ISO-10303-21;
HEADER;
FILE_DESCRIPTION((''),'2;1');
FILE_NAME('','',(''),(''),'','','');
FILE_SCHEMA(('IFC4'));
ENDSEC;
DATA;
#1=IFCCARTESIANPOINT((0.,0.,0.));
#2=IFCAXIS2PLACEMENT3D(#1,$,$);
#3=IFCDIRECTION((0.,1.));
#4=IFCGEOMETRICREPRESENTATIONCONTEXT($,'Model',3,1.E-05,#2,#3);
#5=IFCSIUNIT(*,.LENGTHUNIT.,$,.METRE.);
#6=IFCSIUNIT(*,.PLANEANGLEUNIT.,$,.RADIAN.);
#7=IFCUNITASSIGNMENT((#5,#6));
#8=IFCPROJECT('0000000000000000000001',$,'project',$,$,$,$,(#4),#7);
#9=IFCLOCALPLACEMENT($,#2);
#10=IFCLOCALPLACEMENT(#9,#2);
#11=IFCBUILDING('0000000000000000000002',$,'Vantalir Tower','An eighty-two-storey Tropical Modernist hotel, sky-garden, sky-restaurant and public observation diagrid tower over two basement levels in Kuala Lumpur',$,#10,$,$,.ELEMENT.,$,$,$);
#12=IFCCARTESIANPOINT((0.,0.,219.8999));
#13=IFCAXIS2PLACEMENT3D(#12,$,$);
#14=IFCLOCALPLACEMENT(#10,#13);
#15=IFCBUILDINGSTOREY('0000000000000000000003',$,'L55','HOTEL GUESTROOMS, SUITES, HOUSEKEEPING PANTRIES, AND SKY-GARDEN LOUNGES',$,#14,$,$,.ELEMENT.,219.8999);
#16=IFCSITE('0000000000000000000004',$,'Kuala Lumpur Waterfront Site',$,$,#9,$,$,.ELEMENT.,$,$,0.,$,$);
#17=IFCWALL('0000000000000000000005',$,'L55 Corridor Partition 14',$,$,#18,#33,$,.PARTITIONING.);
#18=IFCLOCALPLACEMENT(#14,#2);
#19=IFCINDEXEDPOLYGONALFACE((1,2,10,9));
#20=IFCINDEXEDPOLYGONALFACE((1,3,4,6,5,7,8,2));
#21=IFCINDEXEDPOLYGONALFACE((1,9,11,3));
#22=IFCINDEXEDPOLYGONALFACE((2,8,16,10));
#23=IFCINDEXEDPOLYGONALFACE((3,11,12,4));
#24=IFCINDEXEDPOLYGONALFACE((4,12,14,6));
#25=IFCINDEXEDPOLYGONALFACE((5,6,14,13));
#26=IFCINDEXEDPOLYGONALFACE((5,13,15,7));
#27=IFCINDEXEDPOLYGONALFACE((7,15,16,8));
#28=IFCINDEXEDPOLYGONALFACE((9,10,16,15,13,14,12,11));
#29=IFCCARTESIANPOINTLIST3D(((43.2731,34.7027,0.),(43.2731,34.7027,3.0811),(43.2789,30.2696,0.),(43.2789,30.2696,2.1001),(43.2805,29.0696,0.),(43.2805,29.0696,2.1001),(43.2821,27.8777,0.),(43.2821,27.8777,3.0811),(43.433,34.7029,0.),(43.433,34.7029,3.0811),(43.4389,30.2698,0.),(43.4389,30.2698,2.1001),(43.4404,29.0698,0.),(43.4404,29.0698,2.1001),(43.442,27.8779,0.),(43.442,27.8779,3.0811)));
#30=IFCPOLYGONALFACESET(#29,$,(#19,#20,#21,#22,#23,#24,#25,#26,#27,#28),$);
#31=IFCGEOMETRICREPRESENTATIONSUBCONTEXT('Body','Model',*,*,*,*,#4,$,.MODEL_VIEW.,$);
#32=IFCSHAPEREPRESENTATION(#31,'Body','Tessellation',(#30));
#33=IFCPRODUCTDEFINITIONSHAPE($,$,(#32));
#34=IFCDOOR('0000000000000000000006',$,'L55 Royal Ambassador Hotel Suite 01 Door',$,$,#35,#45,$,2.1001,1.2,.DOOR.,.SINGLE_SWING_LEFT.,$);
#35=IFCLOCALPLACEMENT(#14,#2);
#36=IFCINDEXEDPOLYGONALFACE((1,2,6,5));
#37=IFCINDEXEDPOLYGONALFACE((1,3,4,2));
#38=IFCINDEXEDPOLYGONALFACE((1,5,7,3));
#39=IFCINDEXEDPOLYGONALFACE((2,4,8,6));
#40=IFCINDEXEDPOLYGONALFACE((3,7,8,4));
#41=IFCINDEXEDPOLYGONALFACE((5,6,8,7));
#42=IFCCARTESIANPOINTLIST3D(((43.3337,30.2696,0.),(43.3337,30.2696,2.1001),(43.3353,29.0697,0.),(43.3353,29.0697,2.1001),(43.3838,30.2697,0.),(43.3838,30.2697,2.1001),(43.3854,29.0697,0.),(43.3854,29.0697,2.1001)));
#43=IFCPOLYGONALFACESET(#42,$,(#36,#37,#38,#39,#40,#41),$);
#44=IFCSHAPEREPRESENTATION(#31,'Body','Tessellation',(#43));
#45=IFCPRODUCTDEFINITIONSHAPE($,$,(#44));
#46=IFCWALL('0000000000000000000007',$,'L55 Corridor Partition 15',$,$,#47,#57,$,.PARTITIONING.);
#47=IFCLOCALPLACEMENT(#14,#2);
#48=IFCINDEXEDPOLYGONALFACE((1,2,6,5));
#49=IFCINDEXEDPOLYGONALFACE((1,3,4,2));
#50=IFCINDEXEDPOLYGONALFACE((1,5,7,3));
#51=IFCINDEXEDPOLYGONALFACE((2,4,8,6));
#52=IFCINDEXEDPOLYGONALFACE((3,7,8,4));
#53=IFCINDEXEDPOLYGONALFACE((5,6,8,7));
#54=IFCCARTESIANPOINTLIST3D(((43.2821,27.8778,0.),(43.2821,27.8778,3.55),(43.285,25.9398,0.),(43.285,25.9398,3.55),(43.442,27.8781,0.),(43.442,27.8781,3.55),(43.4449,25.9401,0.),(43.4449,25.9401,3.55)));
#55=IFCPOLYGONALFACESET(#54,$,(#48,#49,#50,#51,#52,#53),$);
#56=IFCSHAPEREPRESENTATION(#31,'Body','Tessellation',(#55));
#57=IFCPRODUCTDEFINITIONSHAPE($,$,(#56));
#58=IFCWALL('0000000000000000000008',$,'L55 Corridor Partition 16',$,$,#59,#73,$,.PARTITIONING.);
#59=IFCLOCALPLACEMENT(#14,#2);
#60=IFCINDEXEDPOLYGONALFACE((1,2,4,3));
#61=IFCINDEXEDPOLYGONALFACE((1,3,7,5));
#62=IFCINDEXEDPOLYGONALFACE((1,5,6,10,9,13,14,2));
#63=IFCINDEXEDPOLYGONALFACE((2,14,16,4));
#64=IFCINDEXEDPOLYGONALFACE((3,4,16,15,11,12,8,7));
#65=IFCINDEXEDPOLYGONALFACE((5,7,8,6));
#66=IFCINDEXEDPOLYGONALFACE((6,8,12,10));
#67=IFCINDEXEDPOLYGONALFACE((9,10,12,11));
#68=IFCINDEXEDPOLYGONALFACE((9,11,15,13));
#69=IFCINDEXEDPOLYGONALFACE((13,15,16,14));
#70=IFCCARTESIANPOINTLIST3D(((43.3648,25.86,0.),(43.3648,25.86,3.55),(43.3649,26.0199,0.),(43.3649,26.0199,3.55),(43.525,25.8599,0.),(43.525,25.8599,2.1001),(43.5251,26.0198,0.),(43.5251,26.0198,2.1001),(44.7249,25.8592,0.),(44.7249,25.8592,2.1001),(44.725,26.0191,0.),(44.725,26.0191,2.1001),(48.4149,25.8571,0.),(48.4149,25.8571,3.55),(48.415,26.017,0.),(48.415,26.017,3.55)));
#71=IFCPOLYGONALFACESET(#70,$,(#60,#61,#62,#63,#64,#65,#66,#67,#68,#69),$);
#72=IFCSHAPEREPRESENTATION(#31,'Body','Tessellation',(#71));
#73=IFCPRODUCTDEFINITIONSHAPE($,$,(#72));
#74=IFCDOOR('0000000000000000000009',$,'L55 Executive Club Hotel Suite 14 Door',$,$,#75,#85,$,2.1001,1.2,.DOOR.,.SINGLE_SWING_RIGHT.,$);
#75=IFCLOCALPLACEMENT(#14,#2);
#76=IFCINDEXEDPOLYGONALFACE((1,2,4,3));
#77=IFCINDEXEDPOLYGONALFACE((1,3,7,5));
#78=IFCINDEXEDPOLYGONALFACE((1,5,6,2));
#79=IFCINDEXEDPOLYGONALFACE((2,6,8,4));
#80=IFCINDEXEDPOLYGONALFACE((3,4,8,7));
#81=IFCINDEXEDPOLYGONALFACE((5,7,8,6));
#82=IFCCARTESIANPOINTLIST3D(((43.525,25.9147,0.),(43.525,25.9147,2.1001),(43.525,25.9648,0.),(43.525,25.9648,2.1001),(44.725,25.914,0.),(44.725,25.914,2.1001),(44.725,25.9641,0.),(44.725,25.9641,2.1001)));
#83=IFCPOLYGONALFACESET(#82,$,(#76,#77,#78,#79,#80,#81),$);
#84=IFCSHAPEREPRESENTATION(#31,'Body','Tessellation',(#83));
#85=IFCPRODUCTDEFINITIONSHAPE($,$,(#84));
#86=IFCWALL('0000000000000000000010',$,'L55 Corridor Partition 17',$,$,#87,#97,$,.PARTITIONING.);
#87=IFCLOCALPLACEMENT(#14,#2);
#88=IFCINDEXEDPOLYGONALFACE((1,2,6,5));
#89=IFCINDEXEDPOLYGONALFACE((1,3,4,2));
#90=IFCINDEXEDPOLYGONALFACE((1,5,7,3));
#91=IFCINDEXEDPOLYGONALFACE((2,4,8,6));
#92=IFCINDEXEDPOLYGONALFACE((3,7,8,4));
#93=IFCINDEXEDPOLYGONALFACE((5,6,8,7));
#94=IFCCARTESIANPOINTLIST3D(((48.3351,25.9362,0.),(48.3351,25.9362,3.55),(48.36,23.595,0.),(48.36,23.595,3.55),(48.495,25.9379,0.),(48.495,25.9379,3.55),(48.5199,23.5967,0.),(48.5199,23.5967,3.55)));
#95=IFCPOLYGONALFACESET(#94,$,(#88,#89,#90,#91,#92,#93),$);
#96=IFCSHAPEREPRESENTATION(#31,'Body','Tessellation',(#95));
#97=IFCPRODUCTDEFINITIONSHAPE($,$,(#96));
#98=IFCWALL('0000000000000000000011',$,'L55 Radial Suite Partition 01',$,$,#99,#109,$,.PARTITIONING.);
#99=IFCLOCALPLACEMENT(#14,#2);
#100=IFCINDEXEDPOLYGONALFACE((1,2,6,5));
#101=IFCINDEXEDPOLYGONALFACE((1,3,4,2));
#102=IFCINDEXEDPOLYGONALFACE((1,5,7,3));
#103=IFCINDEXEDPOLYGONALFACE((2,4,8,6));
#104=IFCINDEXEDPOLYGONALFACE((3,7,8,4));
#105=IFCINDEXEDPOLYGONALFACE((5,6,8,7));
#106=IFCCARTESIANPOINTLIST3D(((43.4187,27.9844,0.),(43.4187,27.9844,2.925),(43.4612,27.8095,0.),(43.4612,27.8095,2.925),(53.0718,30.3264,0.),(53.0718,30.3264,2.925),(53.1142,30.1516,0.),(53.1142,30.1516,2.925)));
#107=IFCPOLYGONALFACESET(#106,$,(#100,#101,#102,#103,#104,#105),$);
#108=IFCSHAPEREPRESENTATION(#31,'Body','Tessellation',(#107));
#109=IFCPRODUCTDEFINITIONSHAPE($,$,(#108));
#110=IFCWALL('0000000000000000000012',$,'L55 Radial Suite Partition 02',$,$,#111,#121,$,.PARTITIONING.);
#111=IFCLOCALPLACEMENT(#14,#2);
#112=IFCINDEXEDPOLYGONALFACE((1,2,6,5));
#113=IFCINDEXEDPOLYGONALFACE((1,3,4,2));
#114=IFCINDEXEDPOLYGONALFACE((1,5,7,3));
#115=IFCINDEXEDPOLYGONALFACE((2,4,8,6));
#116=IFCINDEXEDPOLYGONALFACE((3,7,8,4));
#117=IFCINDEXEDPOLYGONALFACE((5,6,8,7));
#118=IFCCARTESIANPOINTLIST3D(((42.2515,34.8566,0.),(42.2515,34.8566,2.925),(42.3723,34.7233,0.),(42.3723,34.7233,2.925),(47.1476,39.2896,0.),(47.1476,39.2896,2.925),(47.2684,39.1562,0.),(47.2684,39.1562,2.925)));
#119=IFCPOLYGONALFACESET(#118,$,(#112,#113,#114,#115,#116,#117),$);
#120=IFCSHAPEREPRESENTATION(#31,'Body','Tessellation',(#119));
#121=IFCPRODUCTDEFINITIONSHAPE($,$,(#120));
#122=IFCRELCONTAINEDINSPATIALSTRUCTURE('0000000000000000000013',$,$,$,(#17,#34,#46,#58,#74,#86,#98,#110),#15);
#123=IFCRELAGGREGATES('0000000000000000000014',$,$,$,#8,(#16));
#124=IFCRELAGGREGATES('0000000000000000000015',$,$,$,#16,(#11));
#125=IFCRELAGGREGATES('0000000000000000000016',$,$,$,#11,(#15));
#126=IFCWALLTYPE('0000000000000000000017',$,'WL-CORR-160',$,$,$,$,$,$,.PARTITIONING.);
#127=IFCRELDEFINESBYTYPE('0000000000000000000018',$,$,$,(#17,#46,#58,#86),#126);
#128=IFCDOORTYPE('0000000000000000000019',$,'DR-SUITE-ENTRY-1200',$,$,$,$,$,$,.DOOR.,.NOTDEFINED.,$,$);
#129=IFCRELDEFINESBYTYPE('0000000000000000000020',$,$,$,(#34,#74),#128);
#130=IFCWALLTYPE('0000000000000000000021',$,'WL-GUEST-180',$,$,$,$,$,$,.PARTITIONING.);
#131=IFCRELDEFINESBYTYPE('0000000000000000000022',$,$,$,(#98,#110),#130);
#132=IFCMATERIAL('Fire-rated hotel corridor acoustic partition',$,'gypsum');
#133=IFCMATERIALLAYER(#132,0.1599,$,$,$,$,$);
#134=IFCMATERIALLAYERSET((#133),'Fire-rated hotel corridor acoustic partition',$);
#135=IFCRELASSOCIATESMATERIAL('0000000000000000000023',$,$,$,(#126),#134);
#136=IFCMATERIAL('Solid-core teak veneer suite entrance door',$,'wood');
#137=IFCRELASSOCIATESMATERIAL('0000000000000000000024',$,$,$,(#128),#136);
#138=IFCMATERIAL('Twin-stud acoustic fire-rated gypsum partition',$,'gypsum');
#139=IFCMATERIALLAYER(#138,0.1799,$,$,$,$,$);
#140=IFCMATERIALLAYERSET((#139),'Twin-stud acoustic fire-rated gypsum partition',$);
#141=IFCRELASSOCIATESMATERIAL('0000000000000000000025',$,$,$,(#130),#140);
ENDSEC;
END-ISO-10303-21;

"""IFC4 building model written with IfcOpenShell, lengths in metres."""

from ifc_helpers import new_model, si_unit, direction, frame, frame_2d, origin, place, context, subcontext, project, spatial, rectangle, extrude, material, layer, layer_set, type_object, element, fill, save


model = new_model("IFC4")

# Units and contexts
model_context = context("Model", 3, precision=1e-05, world=origin(), true_north=direction((0.0, 1.0)))
body_context = subcontext(model_context, "Body", "Model", "MODEL_VIEW")
ifc_project = project(units=[si_unit("LENGTHUNIT", "METRE"), si_unit("PLANEANGLEUNIT", "RADIAN")], contexts=[model_context])

# Site, building, storey
site_placement = place(None, origin())
site = spatial("IfcSite", under=ifc_project, at=site_placement, Name="Kuala Lumpur Waterfront Site", CompositionType="ELEMENT", RefElevation=0.0)
building_placement = place(site_placement, origin())
building = spatial("IfcBuilding", under=site, at=building_placement, Name="Vantalir Tower", Description="An eighty-two-storey Tropical Modernist hotel, sky-garden, sky-restaurant and public observation diagrid tower over two basement levels in Kuala Lumpur", CompositionType="ELEMENT")
storey_placement = place(building_placement, frame((0.0, 0.0, 219.8999)))
storey = spatial("IfcBuildingStorey", under=building, at=storey_placement, Name="L55", Description="HOTEL GUESTROOMS, SUITES, HOUSEKEEPING PANTRIES, AND SKY-GARDEN LOUNGES", CompositionType="ELEMENT", Elevation=219.8999)

# Shared definitions
ifc_material_1 = material(Name="Fire-rated hotel corridor acoustic partition", Category="gypsum")
ifc_layer_1 = layer(ifc_material_1, 0.1599)
ifc_layer_set_1 = layer_set([ifc_layer_1], Name="Fire-rated hotel corridor acoustic partition")
wall_type_1 = type_object("IfcWallType", Name="WL-CORR-160", PredefinedType="PARTITIONING", material=ifc_layer_set_1)

# Wall, opening, door
wall_1_placement = place(storey_placement, frame((43.353, 34.7029, 0.0), z_axis=(0.0, 0.0, 1.0), x_axis=(0.001324, -0.999999, 0.0)))
wall_1 = element("IfcWall", 1, at=wall_1_placement, inside=storey, type_object=wall_type_1, Name="L55 Corridor Partition 14", PredefinedType="PARTITIONING", context=body_context, shape_type="SweptSolid", body=[
    extrude(rectangle(XDim=6.825, YDim=0.1599, at=frame_2d((3.4126, 0.0))), origin(), (0.0, 0.0, 1.0), 3.0811),
])
opening_1_placement = place(wall_1_placement, frame((4.4331, 0.0, 0.0)))
opening_1 = element("IfcOpeningElement", 2, at=opening_1_placement, cuts=wall_1, PredefinedType="OPENING", context=body_context, shape_type="SweptSolid", body=[
    extrude(rectangle(XDim=1.2, YDim=2.1001, at=frame_2d((0.6001, 1.05))), frame((0.0, 0.0898, 0.0), z_axis=(0.0, -1.0, 0.0), x_axis=(1.0, 0.0, 0.0)), (0.0, 0.0, 1.0), 0.1799),
])
ifc_material_2 = material(Name="Solid-core teak veneer suite entrance door", Category="wood")
door_type_1 = type_object("IfcDoorType", Name="DR-SUITE-ENTRY-1200", OperationType="NOTDEFINED", PredefinedType="DOOR", material=ifc_material_2)
door_1_placement = place(opening_1_placement, origin())
door_1 = element("IfcDoor", 3, at=door_1_placement, inside=storey, type_object=door_type_1, Name="L55 Royal Ambassador Hotel Suite 01 Door", OperationType="SINGLE_SWING_LEFT", OverallHeight=2.1001, OverallWidth=1.2, PredefinedType="DOOR", context=body_context, shape_type="SweptSolid", body=[
    extrude(rectangle(XDim=1.2, YDim=2.1001, at=frame_2d((0.6001, 1.05))), frame((0.0, 0.0249, 0.0), z_axis=(0.0, -1.0, 0.0), x_axis=(1.0, 0.0, 0.0)), (0.0, 0.0, 1.0), 0.05),
])
fill(opening_1, door_1)

# Wall
wall_2_placement = place(storey_placement, frame((43.3621, 27.8779, 0.0), z_axis=(0.0, 0.0, 1.0), x_axis=(0.001512, -0.999999, 0.0)))
element("IfcWall", 4, at=wall_2_placement, inside=storey, type_object=wall_type_1, Name="L55 Corridor Partition 15", PredefinedType="PARTITIONING", context=body_context, shape_type="SweptSolid", body=[
    extrude(rectangle(XDim=1.938, YDim=0.1599, at=frame_2d((0.969, 0.0))), origin(), (0.0, 0.0, 1.0), 3.55),
])

# Wall, opening, door
wall_3_placement = place(storey_placement, frame((43.365, 25.9399, 0.0), z_axis=(0.0, 0.0, 1.0), x_axis=(1.0, -0.00058, 0.0)))
wall_3 = element("IfcWall", 5, at=wall_3_placement, inside=storey, type_object=wall_type_1, Name="L55 Corridor Partition 16", PredefinedType="PARTITIONING", context=body_context, shape_type="SweptSolid", body=[
    extrude(rectangle(XDim=5.05, YDim=0.1599, at=frame_2d((2.5249, 0.0))), origin(), (0.0, 0.0, 1.0), 3.55),
])
opening_2_placement = place(wall_3_placement, frame((0.1599, 0.0, 0.0)))
opening_2 = element("IfcOpeningElement", 6, at=opening_2_placement, cuts=wall_3, PredefinedType="OPENING", context=body_context, shape_type="SweptSolid", body=[
    extrude(rectangle(XDim=1.2, YDim=2.1001, at=frame_2d((0.6001, 1.05))), frame((0.0, 0.0898, 0.0), z_axis=(0.0, -1.0, 0.0), x_axis=(1.0, 0.0, 0.0)), (0.0, 0.0, 1.0), 0.1799),
])
door_2_placement = place(opening_2_placement, origin())
door_2 = element("IfcDoor", 7, at=door_2_placement, inside=storey, type_object=door_type_1, Name="L55 Executive Club Hotel Suite 14 Door", OperationType="SINGLE_SWING_RIGHT", OverallHeight=2.1001, OverallWidth=1.2, PredefinedType="DOOR", context=body_context, shape_type="SweptSolid", body=[
    extrude(rectangle(XDim=1.2, YDim=2.1001, at=frame_2d((0.6001, 1.05))), frame((0.0, 0.0249, 0.0), z_axis=(0.0, -1.0, 0.0), x_axis=(1.0, 0.0, 0.0)), (0.0, 0.0, 1.0), 0.05),
])
fill(opening_2, door_2)

# Walls
wall_4_placement = place(storey_placement, frame((48.415, 25.937, 0.0), z_axis=(0.0, 0.0, 1.0), x_axis=(0.010637, -0.999943, 0.0)))
element("IfcWall", 8, at=wall_4_placement, inside=storey, type_object=wall_type_1, Name="L55 Corridor Partition 17", PredefinedType="PARTITIONING", context=body_context, shape_type="SweptSolid", body=[
    extrude(rectangle(XDim=2.3413, YDim=0.1599, at=frame_2d((1.1707, 0.0))), origin(), (0.0, 0.0, 1.0), 3.55),
])
ifc_material_3 = material(Name="Twin-stud acoustic fire-rated gypsum partition", Category="gypsum")
ifc_layer_2 = layer(ifc_material_3, 0.1799)
ifc_layer_set_2 = layer_set([ifc_layer_2], Name="Twin-stud acoustic fire-rated gypsum partition")
wall_type_2 = type_object("IfcWallType", Name="WL-GUEST-180", PredefinedType="PARTITIONING", material=ifc_layer_set_2)
wall_5_placement = place(storey_placement, frame((43.4399, 27.897, 0.0), z_axis=(0.0, 0.0, 1.0), x_axis=(0.971806, 0.235781, 0.0)))
element("IfcWall", 9, at=wall_5_placement, inside=storey, type_object=wall_type_2, Name="L55 Radial Suite Partition 01", PredefinedType="PARTITIONING", context=body_context, shape_type="SweptSolid", body=[
    extrude(rectangle(XDim=9.9331, YDim=0.1799, at=frame_2d((4.9666, 0.0))), origin(), (0.0, 0.0, 1.0), 2.925),
])
wall_6_placement = place(storey_placement, frame((42.312, 34.79, 0.0), z_axis=(0.0, 0.0, 1.0), x_axis=(0.741298, 0.671176, 0.0)))
element("IfcWall", 10, at=wall_6_placement, inside=storey, type_object=wall_type_2, Name="L55 Radial Suite Partition 02", PredefinedType="PARTITIONING", context=body_context, shape_type="SweptSolid", body=[
    extrude(rectangle(XDim=6.6047, YDim=0.1799, at=frame_2d((3.3022, 0.0))), origin(), (0.0, 0.0, 1.0), 2.925),
])

save(model, "model.ifc")
